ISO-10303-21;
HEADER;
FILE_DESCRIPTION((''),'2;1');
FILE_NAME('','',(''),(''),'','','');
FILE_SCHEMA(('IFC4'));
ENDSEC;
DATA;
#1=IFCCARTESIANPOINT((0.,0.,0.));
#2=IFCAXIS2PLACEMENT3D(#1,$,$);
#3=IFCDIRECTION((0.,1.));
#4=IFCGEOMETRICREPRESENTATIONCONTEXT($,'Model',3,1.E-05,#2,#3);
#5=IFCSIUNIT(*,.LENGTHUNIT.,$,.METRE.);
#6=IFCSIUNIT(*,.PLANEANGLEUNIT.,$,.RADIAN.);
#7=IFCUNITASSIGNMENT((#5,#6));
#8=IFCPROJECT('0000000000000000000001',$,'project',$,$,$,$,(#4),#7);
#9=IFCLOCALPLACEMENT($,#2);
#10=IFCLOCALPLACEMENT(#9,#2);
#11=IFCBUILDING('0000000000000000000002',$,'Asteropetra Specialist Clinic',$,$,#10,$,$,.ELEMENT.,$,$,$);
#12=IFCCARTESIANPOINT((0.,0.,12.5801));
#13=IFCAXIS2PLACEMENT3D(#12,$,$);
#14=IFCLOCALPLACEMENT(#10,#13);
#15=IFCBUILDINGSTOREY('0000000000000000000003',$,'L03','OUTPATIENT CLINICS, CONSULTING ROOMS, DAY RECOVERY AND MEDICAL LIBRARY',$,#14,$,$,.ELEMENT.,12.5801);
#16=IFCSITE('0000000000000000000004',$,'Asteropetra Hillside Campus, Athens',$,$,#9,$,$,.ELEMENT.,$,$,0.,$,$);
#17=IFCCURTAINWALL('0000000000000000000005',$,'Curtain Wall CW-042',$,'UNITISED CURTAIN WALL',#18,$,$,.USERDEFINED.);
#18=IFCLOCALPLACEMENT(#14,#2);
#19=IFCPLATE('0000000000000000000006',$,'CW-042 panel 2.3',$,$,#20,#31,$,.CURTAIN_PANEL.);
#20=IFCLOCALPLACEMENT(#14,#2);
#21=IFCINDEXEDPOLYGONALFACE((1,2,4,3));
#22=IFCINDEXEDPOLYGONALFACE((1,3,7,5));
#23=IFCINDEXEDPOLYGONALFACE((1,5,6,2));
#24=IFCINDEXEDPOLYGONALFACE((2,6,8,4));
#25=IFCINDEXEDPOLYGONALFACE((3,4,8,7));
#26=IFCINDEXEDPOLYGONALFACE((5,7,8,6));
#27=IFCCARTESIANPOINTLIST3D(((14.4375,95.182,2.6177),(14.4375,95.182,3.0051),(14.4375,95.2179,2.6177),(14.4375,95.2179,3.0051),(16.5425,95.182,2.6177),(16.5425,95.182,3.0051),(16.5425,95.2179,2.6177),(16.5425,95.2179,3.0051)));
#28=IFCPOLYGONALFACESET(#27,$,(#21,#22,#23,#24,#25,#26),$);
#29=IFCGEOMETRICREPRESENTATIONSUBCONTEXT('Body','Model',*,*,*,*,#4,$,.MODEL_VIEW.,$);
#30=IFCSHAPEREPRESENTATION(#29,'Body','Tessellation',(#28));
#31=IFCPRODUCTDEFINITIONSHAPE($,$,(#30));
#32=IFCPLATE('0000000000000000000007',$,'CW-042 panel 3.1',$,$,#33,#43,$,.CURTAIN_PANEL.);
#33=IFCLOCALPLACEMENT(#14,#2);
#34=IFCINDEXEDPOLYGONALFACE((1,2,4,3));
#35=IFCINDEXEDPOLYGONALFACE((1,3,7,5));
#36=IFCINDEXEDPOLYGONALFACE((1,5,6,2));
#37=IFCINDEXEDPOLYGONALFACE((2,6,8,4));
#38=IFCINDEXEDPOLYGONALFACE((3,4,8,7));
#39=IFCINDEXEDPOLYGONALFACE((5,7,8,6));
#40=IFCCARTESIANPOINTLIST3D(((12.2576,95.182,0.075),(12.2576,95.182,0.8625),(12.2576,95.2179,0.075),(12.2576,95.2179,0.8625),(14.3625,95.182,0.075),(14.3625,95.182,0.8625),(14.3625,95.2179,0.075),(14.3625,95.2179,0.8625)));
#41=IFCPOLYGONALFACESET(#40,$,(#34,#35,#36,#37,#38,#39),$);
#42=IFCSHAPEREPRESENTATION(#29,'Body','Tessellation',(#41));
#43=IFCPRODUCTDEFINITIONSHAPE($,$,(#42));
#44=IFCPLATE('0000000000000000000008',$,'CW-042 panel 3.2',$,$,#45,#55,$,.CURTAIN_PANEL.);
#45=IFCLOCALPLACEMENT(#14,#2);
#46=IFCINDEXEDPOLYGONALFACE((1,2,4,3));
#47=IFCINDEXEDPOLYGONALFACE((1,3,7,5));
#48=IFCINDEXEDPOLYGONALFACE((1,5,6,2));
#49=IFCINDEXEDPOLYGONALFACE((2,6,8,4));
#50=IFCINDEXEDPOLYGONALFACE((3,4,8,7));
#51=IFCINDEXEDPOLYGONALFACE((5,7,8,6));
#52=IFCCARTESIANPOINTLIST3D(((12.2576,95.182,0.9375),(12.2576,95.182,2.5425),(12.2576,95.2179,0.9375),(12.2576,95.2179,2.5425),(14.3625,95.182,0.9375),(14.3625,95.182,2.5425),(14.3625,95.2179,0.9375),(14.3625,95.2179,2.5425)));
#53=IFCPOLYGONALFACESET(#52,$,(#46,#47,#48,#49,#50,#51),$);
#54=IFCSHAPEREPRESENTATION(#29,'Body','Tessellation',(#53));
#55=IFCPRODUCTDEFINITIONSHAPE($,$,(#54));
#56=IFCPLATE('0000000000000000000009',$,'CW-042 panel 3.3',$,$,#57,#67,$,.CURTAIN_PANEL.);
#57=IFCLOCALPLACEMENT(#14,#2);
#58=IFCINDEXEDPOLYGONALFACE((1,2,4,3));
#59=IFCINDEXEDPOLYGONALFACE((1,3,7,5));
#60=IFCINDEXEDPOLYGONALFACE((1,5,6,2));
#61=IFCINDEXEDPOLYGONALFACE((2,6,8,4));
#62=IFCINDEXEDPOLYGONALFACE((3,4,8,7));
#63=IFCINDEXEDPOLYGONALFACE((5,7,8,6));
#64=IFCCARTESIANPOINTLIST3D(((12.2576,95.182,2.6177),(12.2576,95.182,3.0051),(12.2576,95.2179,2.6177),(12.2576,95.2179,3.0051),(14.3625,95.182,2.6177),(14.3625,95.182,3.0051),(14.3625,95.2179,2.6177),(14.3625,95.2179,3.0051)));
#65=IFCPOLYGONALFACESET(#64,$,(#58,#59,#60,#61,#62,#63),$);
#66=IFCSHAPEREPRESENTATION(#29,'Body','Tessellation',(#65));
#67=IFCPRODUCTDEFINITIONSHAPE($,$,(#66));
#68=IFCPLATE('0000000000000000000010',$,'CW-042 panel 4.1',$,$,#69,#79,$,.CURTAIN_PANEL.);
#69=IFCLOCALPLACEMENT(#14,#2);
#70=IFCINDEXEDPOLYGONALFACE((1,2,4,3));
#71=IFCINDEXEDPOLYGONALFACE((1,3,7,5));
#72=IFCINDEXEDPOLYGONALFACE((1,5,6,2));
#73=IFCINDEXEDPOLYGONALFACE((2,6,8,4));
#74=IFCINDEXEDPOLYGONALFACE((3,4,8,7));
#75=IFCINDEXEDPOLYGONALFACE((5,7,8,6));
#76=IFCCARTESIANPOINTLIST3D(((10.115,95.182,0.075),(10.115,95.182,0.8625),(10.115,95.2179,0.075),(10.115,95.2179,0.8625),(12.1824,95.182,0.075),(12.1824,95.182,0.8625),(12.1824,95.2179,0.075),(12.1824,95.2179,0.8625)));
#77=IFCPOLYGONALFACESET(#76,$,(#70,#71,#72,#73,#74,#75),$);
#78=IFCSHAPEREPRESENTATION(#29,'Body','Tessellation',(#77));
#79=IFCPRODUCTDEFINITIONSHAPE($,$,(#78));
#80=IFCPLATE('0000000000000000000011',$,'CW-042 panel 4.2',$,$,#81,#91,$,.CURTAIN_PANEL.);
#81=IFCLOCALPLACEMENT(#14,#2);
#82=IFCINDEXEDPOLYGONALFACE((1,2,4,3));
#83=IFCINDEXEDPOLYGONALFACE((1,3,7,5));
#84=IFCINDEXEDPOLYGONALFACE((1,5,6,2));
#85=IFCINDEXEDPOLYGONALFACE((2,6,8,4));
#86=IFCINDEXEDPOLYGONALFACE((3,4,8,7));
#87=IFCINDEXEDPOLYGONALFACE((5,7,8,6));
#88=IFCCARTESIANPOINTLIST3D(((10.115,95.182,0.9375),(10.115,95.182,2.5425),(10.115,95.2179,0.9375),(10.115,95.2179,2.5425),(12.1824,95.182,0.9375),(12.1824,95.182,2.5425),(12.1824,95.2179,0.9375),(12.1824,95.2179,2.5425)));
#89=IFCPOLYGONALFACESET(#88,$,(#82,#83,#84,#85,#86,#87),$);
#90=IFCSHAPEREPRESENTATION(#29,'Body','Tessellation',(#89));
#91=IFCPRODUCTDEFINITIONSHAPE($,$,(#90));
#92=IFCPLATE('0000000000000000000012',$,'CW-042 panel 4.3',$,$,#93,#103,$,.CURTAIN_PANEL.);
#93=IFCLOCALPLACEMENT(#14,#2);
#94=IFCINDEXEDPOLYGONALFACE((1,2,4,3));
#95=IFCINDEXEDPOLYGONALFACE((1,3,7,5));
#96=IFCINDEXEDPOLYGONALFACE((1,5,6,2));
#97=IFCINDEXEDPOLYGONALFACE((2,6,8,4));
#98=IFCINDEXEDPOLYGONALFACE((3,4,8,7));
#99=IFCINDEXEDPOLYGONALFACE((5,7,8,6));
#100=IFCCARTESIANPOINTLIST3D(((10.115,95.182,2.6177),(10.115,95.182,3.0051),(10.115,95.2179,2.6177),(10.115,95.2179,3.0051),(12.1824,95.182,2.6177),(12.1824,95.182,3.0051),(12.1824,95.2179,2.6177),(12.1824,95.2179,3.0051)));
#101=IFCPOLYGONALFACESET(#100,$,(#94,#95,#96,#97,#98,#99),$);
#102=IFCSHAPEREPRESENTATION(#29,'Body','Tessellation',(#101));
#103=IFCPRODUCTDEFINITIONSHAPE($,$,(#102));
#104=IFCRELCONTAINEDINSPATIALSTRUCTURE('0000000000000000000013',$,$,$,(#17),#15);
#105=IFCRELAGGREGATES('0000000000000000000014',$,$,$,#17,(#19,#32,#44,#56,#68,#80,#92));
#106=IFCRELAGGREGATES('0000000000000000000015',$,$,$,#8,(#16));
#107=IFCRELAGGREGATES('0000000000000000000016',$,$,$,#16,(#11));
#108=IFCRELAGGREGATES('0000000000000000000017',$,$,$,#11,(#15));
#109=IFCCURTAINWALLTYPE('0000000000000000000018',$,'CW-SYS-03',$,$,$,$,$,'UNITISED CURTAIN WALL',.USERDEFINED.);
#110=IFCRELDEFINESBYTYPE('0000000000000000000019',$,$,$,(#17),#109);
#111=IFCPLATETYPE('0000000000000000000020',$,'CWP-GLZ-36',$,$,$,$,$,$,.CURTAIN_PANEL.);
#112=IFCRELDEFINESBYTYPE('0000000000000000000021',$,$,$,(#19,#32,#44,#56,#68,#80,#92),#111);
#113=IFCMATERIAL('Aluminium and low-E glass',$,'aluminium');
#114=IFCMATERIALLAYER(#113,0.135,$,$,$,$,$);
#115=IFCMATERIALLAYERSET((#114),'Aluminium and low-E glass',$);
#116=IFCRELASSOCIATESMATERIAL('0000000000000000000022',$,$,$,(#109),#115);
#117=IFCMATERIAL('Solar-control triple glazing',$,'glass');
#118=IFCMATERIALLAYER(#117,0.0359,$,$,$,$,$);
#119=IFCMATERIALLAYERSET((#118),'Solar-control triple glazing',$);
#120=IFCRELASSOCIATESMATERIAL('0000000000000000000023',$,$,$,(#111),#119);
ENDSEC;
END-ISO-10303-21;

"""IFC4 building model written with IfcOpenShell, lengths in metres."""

from ifc_helpers import new_model, si_unit, direction, frame, origin, origin_2d, place, context, subcontext, project, spatial, rectangle, extrude, material, layer, layer_set, type_object, element, aggregate, save


model = new_model("IFC4")

# Units and contexts
model_context = context("Model", 3, precision=1e-05, world=origin(), true_north=direction((0.0, 1.0)))
body_context = subcontext(model_context, "Body", "Model", "MODEL_VIEW")
ifc_project = project(units=[si_unit("LENGTHUNIT", "METRE"), si_unit("PLANEANGLEUNIT", "RADIAN")], contexts=[model_context])

# Site, building, storey
site_placement = place(None, origin())
site = spatial("IfcSite", under=ifc_project, at=site_placement, Name="Asteropetra Hillside Campus, Athens", CompositionType="ELEMENT", RefElevation=0.0)
building_placement = place(site_placement, origin())
building = spatial("IfcBuilding", under=site, at=building_placement, Name="Asteropetra Specialist Clinic", CompositionType="ELEMENT")
storey_placement = place(building_placement, frame((0.0, 0.0, 12.5801)))
storey = spatial("IfcBuildingStorey", under=building, at=storey_placement, Name="L03", Description="OUTPATIENT CLINICS, CONSULTING ROOMS, DAY RECOVERY AND MEDICAL LIBRARY", CompositionType="ELEMENT", Elevation=12.5801)

# Curtain wall
ifc_material_1 = material(Name="Aluminium and low-E glass", Category="aluminium")
ifc_layer_1 = layer(ifc_material_1, 0.135)
ifc_layer_set_1 = layer_set([ifc_layer_1], Name="Aluminium and low-E glass")
curtain_wall_type = type_object("IfcCurtainWallType", Name="CW-SYS-03", ElementType="UNITISED CURTAIN WALL", PredefinedType="USERDEFINED", material=ifc_layer_set_1)
curtain_wall_placement = place(storey_placement, origin())
curtain_wall = element("IfcCurtainWall", 1, at=curtain_wall_placement, inside=storey, type_object=curtain_wall_type, Name="Curtain Wall CW-042", ObjectType="UNITISED CURTAIN WALL", PredefinedType="USERDEFINED")

# Plates
ifc_material_2 = material(Name="Solar-control triple glazing", Category="glass")
ifc_layer_2 = layer(ifc_material_2, 0.0359)
ifc_layer_set_2 = layer_set([ifc_layer_2], Name="Solar-control triple glazing")
plate_type = type_object("IfcPlateType", Name="CWP-GLZ-36", PredefinedType="CURTAIN_PANEL", material=ifc_layer_set_2)
plate_1_placement = place(storey_placement, frame((15.49, 95.2, 2.6177), z_axis=(0.0, 0.0, 1.0), x_axis=(-1.0, 0.0, 0.0)))
plate_1 = element("IfcPlate", 2, at=plate_1_placement, type_object=plate_type, Name="CW-042 panel 2.3", PredefinedType="CURTAIN_PANEL", context=body_context, shape_type="SweptSolid", body=[
    extrude(rectangle(XDim=2.105, YDim=0.0359, at=origin_2d()), origin(), (0.0, 0.0, 1.0), 0.3875),
])
plate_2_placement = place(storey_placement, frame((13.3101, 95.2, 0.075), z_axis=(0.0, 0.0, 1.0), x_axis=(-1.0, 0.0, 0.0)))
plate_2 = element("IfcPlate", 3, at=plate_2_placement, type_object=plate_type, Name="CW-042 panel 3.1", PredefinedType="CURTAIN_PANEL", context=body_context, shape_type="SweptSolid", body=[
    extrude(rectangle(XDim=2.105, YDim=0.0359, at=origin_2d()), origin(), (0.0, 0.0, 1.0), 0.7876),
])
plate_3_placement = place(storey_placement, frame((13.3101, 95.2, 0.9375), z_axis=(0.0, 0.0, 1.0), x_axis=(-1.0, 0.0, 0.0)))
plate_3 = element("IfcPlate", 4, at=plate_3_placement, type_object=plate_type, Name="CW-042 panel 3.2", PredefinedType="CURTAIN_PANEL", context=body_context, shape_type="SweptSolid", body=[
    extrude(rectangle(XDim=2.105, YDim=0.0359, at=origin_2d()), origin(), (0.0, 0.0, 1.0), 1.605),
])
plate_4_placement = place(storey_placement, frame((13.3101, 95.2, 2.6177), z_axis=(0.0, 0.0, 1.0), x_axis=(-1.0, 0.0, 0.0)))
plate_4 = element("IfcPlate", 5, at=plate_4_placement, type_object=plate_type, Name="CW-042 panel 3.3", PredefinedType="CURTAIN_PANEL", context=body_context, shape_type="SweptSolid", body=[
    extrude(rectangle(XDim=2.105, YDim=0.0359, at=origin_2d()), origin(), (0.0, 0.0, 1.0), 0.3875),
])
plate_5_placement = place(storey_placement, frame((11.1487, 95.2, 0.075), z_axis=(0.0, 0.0, 1.0), x_axis=(-1.0, 0.0, 0.0)))
plate_5 = element("IfcPlate", 6, at=plate_5_placement, type_object=plate_type, Name="CW-042 panel 4.1", PredefinedType="CURTAIN_PANEL", context=body_context, shape_type="SweptSolid", body=[
    extrude(rectangle(XDim=2.0674, YDim=0.0359, at=origin_2d()), origin(), (0.0, 0.0, 1.0), 0.7876),
])
plate_6_placement = place(storey_placement, frame((11.1487, 95.2, 0.9375), z_axis=(0.0, 0.0, 1.0), x_axis=(-1.0, 0.0, 0.0)))
plate_6 = element("IfcPlate", 7, at=plate_6_placement, type_object=plate_type, Name="CW-042 panel 4.2", PredefinedType="CURTAIN_PANEL", context=body_context, shape_type="SweptSolid", body=[
    extrude(rectangle(XDim=2.0674, YDim=0.0359, at=origin_2d()), origin(), (0.0, 0.0, 1.0), 1.605),
])
plate_7_placement = place(storey_placement, frame((11.1487, 95.2, 2.6177), z_axis=(0.0, 0.0, 1.0), x_axis=(-1.0, 0.0, 0.0)))
plate_7 = element("IfcPlate", 8, at=plate_7_placement, type_object=plate_type, Name="CW-042 panel 4.3", PredefinedType="CURTAIN_PANEL", context=body_context, shape_type="SweptSolid", body=[
    extrude(rectangle(XDim=2.0674, YDim=0.0359, at=origin_2d()), origin(), (0.0, 0.0, 1.0), 0.3875),
])
aggregate(curtain_wall, [plate_1, plate_2, plate_3, plate_4, plate_5, plate_6, plate_7])

save(model, "model.ifc")
